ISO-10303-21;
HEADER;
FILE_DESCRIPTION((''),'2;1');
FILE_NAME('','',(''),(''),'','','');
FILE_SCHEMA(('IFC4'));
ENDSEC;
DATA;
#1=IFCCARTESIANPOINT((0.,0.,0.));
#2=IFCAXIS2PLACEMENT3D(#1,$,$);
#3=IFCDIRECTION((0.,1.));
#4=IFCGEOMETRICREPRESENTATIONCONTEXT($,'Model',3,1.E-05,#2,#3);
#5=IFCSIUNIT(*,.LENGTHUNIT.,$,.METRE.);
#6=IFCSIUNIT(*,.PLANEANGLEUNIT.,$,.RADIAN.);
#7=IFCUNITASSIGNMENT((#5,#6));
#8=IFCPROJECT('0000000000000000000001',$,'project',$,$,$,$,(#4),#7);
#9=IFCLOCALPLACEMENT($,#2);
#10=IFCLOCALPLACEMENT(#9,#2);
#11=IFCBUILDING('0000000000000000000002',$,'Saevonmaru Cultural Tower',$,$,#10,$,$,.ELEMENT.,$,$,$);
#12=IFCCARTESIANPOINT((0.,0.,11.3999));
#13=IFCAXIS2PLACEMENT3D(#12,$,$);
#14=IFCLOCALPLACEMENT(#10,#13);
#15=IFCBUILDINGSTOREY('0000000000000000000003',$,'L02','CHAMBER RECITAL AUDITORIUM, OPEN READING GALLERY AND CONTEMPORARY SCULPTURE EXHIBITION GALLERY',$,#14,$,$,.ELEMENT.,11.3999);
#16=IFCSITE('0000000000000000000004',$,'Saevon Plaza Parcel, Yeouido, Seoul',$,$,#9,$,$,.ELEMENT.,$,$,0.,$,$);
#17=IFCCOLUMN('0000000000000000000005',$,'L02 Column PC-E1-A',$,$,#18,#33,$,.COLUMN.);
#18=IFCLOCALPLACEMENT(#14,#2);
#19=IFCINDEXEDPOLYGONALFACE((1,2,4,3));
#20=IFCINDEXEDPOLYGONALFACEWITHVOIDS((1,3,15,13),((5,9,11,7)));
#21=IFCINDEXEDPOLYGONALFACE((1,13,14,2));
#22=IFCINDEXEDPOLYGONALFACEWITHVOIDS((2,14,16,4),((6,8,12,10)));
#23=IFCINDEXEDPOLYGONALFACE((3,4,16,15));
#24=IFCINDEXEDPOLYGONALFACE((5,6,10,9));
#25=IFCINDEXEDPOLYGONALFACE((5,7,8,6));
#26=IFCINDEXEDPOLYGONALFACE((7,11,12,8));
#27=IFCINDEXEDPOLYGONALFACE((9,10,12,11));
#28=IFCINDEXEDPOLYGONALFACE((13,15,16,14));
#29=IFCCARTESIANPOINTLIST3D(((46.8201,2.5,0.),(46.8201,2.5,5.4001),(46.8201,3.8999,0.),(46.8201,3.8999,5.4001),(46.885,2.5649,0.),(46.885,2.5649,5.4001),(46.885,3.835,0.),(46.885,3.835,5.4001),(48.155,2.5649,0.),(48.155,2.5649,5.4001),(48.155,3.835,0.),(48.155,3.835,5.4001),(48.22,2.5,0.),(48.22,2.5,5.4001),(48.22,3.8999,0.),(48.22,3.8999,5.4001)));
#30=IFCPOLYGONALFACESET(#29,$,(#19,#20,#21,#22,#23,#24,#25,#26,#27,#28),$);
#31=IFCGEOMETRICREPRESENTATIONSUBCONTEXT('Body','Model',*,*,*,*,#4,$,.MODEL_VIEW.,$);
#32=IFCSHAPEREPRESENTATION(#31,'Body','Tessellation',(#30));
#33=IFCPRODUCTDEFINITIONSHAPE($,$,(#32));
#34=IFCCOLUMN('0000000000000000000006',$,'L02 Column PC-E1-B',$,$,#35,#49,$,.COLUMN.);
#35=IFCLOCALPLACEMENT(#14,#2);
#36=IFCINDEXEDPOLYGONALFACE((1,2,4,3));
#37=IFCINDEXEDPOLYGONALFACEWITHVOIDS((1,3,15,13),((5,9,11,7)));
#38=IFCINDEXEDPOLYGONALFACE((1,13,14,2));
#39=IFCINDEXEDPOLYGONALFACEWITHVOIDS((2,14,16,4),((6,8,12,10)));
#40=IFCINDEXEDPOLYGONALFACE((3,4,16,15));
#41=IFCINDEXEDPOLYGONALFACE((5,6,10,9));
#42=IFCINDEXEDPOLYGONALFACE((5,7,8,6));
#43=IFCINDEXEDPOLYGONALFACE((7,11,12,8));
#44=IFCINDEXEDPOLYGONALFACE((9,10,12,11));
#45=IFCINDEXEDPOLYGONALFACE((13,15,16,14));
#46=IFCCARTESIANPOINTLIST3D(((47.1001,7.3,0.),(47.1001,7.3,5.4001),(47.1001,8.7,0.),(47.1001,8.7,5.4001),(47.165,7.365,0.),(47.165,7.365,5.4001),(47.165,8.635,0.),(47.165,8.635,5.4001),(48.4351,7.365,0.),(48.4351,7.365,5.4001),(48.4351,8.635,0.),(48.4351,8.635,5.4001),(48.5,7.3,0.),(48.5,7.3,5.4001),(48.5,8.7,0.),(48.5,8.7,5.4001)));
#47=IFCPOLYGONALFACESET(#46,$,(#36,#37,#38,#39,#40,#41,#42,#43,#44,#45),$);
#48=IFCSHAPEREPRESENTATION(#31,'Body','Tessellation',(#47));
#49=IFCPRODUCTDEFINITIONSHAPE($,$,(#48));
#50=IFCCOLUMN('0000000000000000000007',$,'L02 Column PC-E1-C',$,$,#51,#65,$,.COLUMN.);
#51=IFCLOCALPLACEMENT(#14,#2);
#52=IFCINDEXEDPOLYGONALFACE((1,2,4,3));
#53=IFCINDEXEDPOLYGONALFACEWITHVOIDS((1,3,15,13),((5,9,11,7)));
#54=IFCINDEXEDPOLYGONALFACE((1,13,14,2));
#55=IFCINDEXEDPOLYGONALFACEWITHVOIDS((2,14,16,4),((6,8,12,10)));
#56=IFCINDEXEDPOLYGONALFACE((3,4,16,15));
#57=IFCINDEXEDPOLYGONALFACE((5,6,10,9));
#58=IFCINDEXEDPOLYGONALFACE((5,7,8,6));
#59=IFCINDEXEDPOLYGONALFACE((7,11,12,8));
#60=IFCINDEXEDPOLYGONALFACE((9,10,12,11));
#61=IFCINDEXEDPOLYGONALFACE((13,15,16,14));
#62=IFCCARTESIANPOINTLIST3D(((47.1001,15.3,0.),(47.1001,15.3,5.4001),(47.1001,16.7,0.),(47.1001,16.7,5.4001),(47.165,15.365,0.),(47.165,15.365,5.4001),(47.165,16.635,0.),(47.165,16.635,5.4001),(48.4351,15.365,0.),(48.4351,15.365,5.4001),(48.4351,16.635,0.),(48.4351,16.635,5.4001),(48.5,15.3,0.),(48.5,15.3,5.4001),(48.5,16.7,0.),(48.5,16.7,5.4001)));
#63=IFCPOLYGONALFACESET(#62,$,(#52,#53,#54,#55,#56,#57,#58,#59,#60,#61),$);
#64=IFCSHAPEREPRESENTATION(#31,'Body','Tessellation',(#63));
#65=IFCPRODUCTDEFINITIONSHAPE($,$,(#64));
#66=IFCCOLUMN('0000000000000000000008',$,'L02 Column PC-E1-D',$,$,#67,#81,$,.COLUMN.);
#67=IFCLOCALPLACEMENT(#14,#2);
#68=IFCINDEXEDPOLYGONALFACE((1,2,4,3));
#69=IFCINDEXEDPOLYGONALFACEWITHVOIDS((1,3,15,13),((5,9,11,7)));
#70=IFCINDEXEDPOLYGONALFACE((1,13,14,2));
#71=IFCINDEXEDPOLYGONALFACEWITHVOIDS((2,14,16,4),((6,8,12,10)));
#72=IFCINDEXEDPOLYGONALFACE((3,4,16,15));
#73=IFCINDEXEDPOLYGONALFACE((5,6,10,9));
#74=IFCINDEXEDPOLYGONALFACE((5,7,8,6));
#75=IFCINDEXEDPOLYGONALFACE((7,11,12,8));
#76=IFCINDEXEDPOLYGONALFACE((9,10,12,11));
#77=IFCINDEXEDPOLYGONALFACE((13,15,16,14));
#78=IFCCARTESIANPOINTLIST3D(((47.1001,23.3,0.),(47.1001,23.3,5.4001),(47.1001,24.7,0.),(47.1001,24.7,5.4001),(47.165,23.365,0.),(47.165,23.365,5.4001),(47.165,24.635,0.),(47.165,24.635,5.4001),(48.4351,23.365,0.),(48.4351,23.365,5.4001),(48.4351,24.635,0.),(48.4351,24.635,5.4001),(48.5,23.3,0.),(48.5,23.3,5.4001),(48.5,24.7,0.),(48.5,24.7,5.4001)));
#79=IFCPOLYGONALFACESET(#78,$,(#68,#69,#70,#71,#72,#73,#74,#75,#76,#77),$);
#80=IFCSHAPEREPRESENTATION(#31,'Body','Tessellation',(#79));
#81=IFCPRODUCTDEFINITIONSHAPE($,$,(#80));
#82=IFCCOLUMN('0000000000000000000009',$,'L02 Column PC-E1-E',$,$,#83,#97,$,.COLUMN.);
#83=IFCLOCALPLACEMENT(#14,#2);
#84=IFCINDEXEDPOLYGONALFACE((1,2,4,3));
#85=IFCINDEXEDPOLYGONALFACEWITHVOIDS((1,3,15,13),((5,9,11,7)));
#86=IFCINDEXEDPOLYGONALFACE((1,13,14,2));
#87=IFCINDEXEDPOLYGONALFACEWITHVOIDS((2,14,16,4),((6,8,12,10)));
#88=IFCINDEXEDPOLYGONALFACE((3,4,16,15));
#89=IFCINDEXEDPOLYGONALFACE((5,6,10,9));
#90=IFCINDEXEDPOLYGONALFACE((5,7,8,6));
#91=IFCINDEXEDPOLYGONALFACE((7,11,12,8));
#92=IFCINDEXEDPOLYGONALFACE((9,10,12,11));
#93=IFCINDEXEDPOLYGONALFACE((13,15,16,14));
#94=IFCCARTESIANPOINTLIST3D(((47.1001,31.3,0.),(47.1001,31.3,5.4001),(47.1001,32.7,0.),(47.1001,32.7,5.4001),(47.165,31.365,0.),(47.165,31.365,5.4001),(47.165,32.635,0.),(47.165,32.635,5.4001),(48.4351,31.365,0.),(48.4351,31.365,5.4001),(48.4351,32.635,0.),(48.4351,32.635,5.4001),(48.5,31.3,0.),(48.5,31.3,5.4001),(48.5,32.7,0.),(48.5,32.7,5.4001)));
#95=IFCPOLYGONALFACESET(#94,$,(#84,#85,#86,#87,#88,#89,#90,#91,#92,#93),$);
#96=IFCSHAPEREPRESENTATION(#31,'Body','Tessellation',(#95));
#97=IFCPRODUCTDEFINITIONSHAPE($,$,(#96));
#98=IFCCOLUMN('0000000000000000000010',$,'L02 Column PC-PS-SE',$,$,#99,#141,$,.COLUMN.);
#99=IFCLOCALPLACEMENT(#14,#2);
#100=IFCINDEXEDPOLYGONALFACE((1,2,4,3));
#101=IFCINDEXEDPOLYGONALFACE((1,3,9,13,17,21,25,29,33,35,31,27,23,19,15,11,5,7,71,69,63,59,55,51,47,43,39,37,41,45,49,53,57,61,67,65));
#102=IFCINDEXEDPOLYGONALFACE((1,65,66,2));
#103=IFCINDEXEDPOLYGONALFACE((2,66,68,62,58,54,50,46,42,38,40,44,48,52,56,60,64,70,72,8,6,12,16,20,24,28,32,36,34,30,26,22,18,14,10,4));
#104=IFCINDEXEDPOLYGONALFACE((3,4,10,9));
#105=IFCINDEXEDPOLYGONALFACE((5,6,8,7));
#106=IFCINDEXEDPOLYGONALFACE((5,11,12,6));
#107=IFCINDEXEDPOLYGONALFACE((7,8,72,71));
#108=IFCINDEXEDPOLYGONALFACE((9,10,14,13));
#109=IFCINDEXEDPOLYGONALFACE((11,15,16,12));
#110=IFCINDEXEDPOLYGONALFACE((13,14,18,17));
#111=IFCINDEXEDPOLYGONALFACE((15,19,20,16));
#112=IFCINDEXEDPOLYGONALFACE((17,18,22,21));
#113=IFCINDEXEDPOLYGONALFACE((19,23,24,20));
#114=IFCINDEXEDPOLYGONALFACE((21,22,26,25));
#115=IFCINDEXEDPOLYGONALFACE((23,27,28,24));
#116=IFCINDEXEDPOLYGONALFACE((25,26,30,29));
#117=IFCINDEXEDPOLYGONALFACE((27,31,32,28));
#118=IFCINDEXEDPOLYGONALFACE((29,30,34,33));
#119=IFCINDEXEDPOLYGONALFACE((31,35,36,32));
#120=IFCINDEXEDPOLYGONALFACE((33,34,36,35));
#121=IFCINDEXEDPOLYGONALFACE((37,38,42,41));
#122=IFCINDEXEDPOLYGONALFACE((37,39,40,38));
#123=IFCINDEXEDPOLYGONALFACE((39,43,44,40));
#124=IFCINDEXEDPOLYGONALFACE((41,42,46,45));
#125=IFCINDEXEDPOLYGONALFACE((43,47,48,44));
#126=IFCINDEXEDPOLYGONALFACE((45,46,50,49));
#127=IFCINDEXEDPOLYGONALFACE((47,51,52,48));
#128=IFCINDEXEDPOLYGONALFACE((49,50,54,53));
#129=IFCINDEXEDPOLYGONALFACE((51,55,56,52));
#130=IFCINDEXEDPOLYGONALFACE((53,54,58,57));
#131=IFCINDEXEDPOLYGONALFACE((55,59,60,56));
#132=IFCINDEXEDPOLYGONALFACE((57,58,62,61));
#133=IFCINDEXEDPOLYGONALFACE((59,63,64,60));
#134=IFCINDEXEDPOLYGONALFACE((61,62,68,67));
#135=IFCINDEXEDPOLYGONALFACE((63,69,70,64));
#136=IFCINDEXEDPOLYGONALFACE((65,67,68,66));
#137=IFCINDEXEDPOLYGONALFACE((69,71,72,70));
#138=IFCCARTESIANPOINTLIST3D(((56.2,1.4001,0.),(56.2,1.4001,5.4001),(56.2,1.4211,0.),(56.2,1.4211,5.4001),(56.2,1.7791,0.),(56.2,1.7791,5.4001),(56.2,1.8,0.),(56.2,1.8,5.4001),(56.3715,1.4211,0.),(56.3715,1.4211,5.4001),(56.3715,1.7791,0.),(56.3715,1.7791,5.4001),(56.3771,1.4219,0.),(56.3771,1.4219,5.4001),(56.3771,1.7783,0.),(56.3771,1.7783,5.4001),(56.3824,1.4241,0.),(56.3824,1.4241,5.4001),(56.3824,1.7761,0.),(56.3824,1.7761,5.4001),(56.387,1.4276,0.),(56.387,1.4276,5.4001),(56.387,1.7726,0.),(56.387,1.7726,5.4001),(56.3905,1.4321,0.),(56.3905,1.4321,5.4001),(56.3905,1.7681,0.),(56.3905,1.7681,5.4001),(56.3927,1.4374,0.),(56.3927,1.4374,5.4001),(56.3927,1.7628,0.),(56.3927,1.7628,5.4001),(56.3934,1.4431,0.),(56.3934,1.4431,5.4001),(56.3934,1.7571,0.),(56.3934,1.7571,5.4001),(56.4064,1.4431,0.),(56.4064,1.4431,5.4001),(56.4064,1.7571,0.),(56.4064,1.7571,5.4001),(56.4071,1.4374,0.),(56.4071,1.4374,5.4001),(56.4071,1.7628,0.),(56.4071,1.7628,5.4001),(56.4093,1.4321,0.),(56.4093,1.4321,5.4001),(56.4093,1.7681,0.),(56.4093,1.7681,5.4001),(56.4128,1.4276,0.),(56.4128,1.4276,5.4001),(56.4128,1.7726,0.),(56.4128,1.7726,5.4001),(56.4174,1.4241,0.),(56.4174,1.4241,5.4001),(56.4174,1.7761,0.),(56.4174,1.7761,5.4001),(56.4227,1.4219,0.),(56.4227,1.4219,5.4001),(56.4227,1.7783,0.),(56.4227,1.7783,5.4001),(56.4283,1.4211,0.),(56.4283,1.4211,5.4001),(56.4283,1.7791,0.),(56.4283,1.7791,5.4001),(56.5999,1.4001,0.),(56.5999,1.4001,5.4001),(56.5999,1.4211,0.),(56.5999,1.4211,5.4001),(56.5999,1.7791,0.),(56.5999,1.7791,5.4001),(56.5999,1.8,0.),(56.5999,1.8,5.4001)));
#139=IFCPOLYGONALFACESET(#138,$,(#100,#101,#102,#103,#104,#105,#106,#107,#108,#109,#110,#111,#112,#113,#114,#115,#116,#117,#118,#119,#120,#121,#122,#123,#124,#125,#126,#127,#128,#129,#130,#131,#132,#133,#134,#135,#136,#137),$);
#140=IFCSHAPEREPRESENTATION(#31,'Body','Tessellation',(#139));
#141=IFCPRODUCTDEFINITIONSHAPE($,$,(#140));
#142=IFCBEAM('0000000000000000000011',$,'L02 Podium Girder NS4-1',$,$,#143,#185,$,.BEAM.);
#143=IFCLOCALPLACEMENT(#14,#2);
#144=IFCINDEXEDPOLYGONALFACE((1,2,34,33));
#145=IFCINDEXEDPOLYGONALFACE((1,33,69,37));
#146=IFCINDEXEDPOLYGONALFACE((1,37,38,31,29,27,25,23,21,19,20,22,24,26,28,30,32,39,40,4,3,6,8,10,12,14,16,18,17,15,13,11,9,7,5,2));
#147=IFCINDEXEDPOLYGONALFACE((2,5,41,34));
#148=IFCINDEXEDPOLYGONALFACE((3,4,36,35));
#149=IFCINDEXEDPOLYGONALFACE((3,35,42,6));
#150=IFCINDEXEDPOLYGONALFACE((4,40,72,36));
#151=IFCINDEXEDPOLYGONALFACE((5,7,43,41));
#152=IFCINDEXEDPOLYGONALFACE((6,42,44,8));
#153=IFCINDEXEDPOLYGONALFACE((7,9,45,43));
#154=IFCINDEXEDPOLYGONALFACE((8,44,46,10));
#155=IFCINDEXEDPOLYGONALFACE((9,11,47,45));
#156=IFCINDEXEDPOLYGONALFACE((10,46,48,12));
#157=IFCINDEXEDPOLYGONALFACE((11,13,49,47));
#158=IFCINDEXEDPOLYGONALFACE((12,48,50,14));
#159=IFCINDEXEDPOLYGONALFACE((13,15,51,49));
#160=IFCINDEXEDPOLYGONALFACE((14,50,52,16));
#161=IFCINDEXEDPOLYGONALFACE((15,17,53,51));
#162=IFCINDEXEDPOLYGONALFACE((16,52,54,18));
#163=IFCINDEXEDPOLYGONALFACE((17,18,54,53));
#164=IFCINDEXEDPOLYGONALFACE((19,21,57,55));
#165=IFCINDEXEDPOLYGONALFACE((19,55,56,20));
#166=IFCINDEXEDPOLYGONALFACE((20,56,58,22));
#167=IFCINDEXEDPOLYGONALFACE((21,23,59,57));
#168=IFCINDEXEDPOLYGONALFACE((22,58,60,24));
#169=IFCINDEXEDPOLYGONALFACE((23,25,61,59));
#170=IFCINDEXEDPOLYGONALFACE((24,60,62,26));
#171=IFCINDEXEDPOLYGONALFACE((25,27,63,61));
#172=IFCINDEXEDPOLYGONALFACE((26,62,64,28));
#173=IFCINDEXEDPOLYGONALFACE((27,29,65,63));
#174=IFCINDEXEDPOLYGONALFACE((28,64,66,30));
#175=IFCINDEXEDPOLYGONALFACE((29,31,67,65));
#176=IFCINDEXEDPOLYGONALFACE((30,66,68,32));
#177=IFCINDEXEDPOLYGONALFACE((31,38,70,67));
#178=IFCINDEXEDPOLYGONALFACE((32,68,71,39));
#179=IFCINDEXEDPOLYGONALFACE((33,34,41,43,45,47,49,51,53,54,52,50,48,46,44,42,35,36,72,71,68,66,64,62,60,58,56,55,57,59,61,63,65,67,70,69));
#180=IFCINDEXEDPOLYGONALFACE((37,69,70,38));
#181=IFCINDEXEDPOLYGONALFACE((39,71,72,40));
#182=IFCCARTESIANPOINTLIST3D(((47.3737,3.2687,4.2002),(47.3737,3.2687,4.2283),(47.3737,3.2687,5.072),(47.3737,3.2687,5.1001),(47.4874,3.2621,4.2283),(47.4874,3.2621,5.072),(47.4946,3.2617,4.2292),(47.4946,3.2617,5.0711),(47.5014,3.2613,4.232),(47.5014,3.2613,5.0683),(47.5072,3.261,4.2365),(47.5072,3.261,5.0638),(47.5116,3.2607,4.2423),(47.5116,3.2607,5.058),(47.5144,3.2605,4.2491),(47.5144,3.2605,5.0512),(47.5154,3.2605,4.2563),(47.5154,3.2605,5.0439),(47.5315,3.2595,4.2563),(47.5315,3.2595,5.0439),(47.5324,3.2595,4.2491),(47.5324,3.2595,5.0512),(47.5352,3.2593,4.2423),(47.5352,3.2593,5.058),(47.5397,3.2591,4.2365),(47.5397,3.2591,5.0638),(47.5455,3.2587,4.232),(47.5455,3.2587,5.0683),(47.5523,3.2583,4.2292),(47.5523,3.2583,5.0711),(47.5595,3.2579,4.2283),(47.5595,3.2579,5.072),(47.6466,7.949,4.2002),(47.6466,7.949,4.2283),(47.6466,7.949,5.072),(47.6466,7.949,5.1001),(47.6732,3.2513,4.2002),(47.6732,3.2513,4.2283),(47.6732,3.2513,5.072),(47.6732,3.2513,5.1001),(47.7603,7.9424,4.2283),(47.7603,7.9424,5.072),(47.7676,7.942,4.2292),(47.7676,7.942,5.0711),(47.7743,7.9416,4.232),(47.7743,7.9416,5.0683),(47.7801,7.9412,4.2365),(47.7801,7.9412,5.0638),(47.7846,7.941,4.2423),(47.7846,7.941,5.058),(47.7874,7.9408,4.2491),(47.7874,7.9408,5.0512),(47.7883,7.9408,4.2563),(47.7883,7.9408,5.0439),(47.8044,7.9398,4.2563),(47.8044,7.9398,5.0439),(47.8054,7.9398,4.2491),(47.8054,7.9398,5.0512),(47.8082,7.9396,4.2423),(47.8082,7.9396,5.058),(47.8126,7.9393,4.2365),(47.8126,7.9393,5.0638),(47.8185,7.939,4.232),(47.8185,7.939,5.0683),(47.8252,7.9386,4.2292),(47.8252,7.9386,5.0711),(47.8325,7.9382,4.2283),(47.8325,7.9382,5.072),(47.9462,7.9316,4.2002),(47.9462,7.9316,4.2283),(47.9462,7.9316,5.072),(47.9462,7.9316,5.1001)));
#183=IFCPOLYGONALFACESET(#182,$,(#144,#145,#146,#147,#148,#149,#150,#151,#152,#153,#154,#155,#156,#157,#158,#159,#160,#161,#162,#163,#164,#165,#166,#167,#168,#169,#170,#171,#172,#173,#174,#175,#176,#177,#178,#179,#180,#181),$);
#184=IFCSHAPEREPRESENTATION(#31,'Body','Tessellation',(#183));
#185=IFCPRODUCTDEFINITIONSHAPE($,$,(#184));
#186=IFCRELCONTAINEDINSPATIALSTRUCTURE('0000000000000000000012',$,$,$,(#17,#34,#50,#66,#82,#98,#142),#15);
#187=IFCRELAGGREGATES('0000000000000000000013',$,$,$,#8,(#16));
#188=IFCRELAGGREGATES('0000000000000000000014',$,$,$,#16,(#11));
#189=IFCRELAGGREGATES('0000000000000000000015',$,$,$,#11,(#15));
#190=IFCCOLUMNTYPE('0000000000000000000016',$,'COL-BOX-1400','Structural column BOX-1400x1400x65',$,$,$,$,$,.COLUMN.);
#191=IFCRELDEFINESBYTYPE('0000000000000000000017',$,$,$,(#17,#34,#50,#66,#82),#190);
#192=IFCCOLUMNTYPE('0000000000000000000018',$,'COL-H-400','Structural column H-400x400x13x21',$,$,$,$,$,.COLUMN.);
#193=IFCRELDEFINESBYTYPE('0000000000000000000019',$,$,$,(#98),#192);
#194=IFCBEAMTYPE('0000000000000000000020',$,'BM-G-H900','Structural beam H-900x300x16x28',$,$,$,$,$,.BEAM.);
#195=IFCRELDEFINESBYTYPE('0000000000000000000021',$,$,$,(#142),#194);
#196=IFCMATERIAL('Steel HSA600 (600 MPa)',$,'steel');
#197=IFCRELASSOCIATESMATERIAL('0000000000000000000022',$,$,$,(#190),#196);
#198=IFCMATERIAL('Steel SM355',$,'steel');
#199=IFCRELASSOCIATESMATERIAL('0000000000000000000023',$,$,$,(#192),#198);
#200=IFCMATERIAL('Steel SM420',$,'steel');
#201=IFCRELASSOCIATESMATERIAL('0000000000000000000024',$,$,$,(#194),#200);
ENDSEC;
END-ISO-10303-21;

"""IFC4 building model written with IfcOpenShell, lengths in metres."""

from ifc_helpers import new_model, si_unit, direction, frame, origin, origin_2d, place, context, subcontext, project, spatial, hollow_rectangle, i_section, extrude, material, material_profile, profile_set, type_object, element, save


model = new_model("IFC4")

# Units and contexts
model_context = context("Model", 3, precision=1e-05, world=origin(), true_north=direction((0.0, 1.0)))
body_context = subcontext(model_context, "Body", "Model", "MODEL_VIEW")
ifc_project = project(units=[si_unit("LENGTHUNIT", "METRE"), si_unit("PLANEANGLEUNIT", "RADIAN")], contexts=[model_context])

# Site, building, storey
site_placement = place(None, origin())
site = spatial("IfcSite", under=ifc_project, at=site_placement, Name="Saevon Plaza Parcel, Yeouido, Seoul", CompositionType="ELEMENT", RefElevation=0.0)
building_placement = place(site_placement, origin())
building = spatial("IfcBuilding", under=site, at=building_placement, Name="Saevonmaru Cultural Tower", CompositionType="ELEMENT")
storey_placement = place(building_placement, frame((0.0, 0.0, 11.3999)))
storey = spatial("IfcBuildingStorey", under=building, at=storey_placement, Name="L02", Description="CHAMBER RECITAL AUDITORIUM, OPEN READING GALLERY AND CONTEMPORARY SCULPTURE EXHIBITION GALLERY", CompositionType="ELEMENT", Elevation=11.3999)

# Columns
ifc_material_1 = material(Name="Steel HSA600 (600 MPa)", Category="steel")
ifc_material_profile_1 = material_profile(ifc_material_1, hollow_rectangle(XDim=1.3999, YDim=1.3999, WallThickness=0.0649, at=origin_2d()), Name="BOX-1400x1400x65")
ifc_profile_set_1 = profile_set([ifc_material_profile_1], Name="Steel HSA600 (600 MPa)")
column_type_1 = type_object("IfcColumnType", Name="COL-BOX-1400", Description="Structural column BOX-1400x1400x65", PredefinedType="COLUMN", material=ifc_profile_set_1)
for number, where, z_axis, x_axis, name in (
    (1, (47.52, 3.2, 0.0), (0.0, 0.0, 1.0), (1.0, 0.0, 0.0), "L02 Column PC-E1-A"),
    (2, (47.8, 8.0, 0.0), (0.0, 0.0, 1.0), (1.0, 0.0, 0.0), "L02 Column PC-E1-B"),
    (3, (47.8, 16.0, 0.0), (0.0, 0.0, 1.0), (1.0, 0.0, 0.0), "L02 Column PC-E1-C"),
    (4, (47.8, 24.0, 0.0), (0.0, 0.0, 1.0), (1.0, 0.0, 0.0), "L02 Column PC-E1-D"),
    (5, (47.8, 32.0, 0.0), (0.0, 0.0, 1.0), (1.0, 0.0, 0.0), "L02 Column PC-E1-E"),
):
    element("IfcColumn", number, at=place(storey_placement, frame(where, z_axis=z_axis, x_axis=x_axis)), inside=storey, type_object=column_type_1, Name=name, PredefinedType="COLUMN", context=body_context, shape_type="SweptSolid", body=[
        extrude(hollow_rectangle(XDim=1.3999, YDim=1.3999, WallThickness=0.0649, at=origin_2d()), origin(), (0.0, 0.0, 1.0), 5.4001),
    ])
ifc_material_2 = material(Name="Steel SM355", Category="steel")
ifc_material_profile_2 = material_profile(ifc_material_2, i_section(OverallWidth=0.3999, OverallDepth=0.3999, WebThickness=0.0129, FlangeThickness=0.021, FilletRadius=0.022, at=origin_2d()), Name="H-400x400x13x21")
ifc_profile_set_2 = profile_set([ifc_material_profile_2], Name="Steel SM355")
column_type_2 = type_object("IfcColumnType", Name="COL-H-400", Description="Structural column H-400x400x13x21", PredefinedType="COLUMN", material=ifc_profile_set_2)
column_placement = place(storey_placement, frame((56.3999, 1.6001, 0.0), z_axis=(0.0, 0.0, 1.0), x_axis=(1.0, 0.0, 0.0)))
element("IfcColumn", 6, at=column_placement, inside=storey, type_object=column_type_2, Name="L02 Column PC-PS-SE", PredefinedType="COLUMN", context=body_context, shape_type="SweptSolid", body=[
    extrude(i_section(OverallWidth=0.3999, OverallDepth=0.3999, WebThickness=0.0129, FlangeThickness=0.021, FilletRadius=0.022, at=origin_2d()), origin(), (0.0, 0.0, 1.0), 5.4001),
])

# Beam
ifc_material_3 = material(Name="Steel SM420", Category="steel")
ifc_material_profile_3 = material_profile(ifc_material_3, i_section(OverallWidth=0.3, OverallDepth=0.8999, WebThickness=0.0161, FlangeThickness=0.0281, FilletRadius=0.0281, at=origin_2d()), Name="H-900x300x16x28")
ifc_profile_set_3 = profile_set([ifc_material_profile_3], Name="Steel SM420")
beam_type_1 = type_object("IfcBeamType", Name="BM-G-H900", Description="Structural beam H-900x300x16x28", PredefinedType="BEAM", material=ifc_profile_set_3)
beam_1_placement = place(storey_placement, frame((47.5234, 3.26, 4.6501), z_axis=(0.058221, 0.998304, 0.0), x_axis=(-0.998304, 0.058221, 0.0)))
element("IfcBeam", 7, at=beam_1_placement, inside=storey, type_object=beam_type_1, Name="L02 Podium Girder NS4-1", PredefinedType="BEAM", context=body_context, shape_type="SweptSolid", body=[
    extrude(i_section(OverallWidth=0.3, OverallDepth=0.8999, WebThickness=0.0161, FlangeThickness=0.0281, FilletRadius=0.0281, at=origin_2d()), origin(), (0.0, 0.0, 1.0), 4.6882),
])

save(model, "model.ifc")
